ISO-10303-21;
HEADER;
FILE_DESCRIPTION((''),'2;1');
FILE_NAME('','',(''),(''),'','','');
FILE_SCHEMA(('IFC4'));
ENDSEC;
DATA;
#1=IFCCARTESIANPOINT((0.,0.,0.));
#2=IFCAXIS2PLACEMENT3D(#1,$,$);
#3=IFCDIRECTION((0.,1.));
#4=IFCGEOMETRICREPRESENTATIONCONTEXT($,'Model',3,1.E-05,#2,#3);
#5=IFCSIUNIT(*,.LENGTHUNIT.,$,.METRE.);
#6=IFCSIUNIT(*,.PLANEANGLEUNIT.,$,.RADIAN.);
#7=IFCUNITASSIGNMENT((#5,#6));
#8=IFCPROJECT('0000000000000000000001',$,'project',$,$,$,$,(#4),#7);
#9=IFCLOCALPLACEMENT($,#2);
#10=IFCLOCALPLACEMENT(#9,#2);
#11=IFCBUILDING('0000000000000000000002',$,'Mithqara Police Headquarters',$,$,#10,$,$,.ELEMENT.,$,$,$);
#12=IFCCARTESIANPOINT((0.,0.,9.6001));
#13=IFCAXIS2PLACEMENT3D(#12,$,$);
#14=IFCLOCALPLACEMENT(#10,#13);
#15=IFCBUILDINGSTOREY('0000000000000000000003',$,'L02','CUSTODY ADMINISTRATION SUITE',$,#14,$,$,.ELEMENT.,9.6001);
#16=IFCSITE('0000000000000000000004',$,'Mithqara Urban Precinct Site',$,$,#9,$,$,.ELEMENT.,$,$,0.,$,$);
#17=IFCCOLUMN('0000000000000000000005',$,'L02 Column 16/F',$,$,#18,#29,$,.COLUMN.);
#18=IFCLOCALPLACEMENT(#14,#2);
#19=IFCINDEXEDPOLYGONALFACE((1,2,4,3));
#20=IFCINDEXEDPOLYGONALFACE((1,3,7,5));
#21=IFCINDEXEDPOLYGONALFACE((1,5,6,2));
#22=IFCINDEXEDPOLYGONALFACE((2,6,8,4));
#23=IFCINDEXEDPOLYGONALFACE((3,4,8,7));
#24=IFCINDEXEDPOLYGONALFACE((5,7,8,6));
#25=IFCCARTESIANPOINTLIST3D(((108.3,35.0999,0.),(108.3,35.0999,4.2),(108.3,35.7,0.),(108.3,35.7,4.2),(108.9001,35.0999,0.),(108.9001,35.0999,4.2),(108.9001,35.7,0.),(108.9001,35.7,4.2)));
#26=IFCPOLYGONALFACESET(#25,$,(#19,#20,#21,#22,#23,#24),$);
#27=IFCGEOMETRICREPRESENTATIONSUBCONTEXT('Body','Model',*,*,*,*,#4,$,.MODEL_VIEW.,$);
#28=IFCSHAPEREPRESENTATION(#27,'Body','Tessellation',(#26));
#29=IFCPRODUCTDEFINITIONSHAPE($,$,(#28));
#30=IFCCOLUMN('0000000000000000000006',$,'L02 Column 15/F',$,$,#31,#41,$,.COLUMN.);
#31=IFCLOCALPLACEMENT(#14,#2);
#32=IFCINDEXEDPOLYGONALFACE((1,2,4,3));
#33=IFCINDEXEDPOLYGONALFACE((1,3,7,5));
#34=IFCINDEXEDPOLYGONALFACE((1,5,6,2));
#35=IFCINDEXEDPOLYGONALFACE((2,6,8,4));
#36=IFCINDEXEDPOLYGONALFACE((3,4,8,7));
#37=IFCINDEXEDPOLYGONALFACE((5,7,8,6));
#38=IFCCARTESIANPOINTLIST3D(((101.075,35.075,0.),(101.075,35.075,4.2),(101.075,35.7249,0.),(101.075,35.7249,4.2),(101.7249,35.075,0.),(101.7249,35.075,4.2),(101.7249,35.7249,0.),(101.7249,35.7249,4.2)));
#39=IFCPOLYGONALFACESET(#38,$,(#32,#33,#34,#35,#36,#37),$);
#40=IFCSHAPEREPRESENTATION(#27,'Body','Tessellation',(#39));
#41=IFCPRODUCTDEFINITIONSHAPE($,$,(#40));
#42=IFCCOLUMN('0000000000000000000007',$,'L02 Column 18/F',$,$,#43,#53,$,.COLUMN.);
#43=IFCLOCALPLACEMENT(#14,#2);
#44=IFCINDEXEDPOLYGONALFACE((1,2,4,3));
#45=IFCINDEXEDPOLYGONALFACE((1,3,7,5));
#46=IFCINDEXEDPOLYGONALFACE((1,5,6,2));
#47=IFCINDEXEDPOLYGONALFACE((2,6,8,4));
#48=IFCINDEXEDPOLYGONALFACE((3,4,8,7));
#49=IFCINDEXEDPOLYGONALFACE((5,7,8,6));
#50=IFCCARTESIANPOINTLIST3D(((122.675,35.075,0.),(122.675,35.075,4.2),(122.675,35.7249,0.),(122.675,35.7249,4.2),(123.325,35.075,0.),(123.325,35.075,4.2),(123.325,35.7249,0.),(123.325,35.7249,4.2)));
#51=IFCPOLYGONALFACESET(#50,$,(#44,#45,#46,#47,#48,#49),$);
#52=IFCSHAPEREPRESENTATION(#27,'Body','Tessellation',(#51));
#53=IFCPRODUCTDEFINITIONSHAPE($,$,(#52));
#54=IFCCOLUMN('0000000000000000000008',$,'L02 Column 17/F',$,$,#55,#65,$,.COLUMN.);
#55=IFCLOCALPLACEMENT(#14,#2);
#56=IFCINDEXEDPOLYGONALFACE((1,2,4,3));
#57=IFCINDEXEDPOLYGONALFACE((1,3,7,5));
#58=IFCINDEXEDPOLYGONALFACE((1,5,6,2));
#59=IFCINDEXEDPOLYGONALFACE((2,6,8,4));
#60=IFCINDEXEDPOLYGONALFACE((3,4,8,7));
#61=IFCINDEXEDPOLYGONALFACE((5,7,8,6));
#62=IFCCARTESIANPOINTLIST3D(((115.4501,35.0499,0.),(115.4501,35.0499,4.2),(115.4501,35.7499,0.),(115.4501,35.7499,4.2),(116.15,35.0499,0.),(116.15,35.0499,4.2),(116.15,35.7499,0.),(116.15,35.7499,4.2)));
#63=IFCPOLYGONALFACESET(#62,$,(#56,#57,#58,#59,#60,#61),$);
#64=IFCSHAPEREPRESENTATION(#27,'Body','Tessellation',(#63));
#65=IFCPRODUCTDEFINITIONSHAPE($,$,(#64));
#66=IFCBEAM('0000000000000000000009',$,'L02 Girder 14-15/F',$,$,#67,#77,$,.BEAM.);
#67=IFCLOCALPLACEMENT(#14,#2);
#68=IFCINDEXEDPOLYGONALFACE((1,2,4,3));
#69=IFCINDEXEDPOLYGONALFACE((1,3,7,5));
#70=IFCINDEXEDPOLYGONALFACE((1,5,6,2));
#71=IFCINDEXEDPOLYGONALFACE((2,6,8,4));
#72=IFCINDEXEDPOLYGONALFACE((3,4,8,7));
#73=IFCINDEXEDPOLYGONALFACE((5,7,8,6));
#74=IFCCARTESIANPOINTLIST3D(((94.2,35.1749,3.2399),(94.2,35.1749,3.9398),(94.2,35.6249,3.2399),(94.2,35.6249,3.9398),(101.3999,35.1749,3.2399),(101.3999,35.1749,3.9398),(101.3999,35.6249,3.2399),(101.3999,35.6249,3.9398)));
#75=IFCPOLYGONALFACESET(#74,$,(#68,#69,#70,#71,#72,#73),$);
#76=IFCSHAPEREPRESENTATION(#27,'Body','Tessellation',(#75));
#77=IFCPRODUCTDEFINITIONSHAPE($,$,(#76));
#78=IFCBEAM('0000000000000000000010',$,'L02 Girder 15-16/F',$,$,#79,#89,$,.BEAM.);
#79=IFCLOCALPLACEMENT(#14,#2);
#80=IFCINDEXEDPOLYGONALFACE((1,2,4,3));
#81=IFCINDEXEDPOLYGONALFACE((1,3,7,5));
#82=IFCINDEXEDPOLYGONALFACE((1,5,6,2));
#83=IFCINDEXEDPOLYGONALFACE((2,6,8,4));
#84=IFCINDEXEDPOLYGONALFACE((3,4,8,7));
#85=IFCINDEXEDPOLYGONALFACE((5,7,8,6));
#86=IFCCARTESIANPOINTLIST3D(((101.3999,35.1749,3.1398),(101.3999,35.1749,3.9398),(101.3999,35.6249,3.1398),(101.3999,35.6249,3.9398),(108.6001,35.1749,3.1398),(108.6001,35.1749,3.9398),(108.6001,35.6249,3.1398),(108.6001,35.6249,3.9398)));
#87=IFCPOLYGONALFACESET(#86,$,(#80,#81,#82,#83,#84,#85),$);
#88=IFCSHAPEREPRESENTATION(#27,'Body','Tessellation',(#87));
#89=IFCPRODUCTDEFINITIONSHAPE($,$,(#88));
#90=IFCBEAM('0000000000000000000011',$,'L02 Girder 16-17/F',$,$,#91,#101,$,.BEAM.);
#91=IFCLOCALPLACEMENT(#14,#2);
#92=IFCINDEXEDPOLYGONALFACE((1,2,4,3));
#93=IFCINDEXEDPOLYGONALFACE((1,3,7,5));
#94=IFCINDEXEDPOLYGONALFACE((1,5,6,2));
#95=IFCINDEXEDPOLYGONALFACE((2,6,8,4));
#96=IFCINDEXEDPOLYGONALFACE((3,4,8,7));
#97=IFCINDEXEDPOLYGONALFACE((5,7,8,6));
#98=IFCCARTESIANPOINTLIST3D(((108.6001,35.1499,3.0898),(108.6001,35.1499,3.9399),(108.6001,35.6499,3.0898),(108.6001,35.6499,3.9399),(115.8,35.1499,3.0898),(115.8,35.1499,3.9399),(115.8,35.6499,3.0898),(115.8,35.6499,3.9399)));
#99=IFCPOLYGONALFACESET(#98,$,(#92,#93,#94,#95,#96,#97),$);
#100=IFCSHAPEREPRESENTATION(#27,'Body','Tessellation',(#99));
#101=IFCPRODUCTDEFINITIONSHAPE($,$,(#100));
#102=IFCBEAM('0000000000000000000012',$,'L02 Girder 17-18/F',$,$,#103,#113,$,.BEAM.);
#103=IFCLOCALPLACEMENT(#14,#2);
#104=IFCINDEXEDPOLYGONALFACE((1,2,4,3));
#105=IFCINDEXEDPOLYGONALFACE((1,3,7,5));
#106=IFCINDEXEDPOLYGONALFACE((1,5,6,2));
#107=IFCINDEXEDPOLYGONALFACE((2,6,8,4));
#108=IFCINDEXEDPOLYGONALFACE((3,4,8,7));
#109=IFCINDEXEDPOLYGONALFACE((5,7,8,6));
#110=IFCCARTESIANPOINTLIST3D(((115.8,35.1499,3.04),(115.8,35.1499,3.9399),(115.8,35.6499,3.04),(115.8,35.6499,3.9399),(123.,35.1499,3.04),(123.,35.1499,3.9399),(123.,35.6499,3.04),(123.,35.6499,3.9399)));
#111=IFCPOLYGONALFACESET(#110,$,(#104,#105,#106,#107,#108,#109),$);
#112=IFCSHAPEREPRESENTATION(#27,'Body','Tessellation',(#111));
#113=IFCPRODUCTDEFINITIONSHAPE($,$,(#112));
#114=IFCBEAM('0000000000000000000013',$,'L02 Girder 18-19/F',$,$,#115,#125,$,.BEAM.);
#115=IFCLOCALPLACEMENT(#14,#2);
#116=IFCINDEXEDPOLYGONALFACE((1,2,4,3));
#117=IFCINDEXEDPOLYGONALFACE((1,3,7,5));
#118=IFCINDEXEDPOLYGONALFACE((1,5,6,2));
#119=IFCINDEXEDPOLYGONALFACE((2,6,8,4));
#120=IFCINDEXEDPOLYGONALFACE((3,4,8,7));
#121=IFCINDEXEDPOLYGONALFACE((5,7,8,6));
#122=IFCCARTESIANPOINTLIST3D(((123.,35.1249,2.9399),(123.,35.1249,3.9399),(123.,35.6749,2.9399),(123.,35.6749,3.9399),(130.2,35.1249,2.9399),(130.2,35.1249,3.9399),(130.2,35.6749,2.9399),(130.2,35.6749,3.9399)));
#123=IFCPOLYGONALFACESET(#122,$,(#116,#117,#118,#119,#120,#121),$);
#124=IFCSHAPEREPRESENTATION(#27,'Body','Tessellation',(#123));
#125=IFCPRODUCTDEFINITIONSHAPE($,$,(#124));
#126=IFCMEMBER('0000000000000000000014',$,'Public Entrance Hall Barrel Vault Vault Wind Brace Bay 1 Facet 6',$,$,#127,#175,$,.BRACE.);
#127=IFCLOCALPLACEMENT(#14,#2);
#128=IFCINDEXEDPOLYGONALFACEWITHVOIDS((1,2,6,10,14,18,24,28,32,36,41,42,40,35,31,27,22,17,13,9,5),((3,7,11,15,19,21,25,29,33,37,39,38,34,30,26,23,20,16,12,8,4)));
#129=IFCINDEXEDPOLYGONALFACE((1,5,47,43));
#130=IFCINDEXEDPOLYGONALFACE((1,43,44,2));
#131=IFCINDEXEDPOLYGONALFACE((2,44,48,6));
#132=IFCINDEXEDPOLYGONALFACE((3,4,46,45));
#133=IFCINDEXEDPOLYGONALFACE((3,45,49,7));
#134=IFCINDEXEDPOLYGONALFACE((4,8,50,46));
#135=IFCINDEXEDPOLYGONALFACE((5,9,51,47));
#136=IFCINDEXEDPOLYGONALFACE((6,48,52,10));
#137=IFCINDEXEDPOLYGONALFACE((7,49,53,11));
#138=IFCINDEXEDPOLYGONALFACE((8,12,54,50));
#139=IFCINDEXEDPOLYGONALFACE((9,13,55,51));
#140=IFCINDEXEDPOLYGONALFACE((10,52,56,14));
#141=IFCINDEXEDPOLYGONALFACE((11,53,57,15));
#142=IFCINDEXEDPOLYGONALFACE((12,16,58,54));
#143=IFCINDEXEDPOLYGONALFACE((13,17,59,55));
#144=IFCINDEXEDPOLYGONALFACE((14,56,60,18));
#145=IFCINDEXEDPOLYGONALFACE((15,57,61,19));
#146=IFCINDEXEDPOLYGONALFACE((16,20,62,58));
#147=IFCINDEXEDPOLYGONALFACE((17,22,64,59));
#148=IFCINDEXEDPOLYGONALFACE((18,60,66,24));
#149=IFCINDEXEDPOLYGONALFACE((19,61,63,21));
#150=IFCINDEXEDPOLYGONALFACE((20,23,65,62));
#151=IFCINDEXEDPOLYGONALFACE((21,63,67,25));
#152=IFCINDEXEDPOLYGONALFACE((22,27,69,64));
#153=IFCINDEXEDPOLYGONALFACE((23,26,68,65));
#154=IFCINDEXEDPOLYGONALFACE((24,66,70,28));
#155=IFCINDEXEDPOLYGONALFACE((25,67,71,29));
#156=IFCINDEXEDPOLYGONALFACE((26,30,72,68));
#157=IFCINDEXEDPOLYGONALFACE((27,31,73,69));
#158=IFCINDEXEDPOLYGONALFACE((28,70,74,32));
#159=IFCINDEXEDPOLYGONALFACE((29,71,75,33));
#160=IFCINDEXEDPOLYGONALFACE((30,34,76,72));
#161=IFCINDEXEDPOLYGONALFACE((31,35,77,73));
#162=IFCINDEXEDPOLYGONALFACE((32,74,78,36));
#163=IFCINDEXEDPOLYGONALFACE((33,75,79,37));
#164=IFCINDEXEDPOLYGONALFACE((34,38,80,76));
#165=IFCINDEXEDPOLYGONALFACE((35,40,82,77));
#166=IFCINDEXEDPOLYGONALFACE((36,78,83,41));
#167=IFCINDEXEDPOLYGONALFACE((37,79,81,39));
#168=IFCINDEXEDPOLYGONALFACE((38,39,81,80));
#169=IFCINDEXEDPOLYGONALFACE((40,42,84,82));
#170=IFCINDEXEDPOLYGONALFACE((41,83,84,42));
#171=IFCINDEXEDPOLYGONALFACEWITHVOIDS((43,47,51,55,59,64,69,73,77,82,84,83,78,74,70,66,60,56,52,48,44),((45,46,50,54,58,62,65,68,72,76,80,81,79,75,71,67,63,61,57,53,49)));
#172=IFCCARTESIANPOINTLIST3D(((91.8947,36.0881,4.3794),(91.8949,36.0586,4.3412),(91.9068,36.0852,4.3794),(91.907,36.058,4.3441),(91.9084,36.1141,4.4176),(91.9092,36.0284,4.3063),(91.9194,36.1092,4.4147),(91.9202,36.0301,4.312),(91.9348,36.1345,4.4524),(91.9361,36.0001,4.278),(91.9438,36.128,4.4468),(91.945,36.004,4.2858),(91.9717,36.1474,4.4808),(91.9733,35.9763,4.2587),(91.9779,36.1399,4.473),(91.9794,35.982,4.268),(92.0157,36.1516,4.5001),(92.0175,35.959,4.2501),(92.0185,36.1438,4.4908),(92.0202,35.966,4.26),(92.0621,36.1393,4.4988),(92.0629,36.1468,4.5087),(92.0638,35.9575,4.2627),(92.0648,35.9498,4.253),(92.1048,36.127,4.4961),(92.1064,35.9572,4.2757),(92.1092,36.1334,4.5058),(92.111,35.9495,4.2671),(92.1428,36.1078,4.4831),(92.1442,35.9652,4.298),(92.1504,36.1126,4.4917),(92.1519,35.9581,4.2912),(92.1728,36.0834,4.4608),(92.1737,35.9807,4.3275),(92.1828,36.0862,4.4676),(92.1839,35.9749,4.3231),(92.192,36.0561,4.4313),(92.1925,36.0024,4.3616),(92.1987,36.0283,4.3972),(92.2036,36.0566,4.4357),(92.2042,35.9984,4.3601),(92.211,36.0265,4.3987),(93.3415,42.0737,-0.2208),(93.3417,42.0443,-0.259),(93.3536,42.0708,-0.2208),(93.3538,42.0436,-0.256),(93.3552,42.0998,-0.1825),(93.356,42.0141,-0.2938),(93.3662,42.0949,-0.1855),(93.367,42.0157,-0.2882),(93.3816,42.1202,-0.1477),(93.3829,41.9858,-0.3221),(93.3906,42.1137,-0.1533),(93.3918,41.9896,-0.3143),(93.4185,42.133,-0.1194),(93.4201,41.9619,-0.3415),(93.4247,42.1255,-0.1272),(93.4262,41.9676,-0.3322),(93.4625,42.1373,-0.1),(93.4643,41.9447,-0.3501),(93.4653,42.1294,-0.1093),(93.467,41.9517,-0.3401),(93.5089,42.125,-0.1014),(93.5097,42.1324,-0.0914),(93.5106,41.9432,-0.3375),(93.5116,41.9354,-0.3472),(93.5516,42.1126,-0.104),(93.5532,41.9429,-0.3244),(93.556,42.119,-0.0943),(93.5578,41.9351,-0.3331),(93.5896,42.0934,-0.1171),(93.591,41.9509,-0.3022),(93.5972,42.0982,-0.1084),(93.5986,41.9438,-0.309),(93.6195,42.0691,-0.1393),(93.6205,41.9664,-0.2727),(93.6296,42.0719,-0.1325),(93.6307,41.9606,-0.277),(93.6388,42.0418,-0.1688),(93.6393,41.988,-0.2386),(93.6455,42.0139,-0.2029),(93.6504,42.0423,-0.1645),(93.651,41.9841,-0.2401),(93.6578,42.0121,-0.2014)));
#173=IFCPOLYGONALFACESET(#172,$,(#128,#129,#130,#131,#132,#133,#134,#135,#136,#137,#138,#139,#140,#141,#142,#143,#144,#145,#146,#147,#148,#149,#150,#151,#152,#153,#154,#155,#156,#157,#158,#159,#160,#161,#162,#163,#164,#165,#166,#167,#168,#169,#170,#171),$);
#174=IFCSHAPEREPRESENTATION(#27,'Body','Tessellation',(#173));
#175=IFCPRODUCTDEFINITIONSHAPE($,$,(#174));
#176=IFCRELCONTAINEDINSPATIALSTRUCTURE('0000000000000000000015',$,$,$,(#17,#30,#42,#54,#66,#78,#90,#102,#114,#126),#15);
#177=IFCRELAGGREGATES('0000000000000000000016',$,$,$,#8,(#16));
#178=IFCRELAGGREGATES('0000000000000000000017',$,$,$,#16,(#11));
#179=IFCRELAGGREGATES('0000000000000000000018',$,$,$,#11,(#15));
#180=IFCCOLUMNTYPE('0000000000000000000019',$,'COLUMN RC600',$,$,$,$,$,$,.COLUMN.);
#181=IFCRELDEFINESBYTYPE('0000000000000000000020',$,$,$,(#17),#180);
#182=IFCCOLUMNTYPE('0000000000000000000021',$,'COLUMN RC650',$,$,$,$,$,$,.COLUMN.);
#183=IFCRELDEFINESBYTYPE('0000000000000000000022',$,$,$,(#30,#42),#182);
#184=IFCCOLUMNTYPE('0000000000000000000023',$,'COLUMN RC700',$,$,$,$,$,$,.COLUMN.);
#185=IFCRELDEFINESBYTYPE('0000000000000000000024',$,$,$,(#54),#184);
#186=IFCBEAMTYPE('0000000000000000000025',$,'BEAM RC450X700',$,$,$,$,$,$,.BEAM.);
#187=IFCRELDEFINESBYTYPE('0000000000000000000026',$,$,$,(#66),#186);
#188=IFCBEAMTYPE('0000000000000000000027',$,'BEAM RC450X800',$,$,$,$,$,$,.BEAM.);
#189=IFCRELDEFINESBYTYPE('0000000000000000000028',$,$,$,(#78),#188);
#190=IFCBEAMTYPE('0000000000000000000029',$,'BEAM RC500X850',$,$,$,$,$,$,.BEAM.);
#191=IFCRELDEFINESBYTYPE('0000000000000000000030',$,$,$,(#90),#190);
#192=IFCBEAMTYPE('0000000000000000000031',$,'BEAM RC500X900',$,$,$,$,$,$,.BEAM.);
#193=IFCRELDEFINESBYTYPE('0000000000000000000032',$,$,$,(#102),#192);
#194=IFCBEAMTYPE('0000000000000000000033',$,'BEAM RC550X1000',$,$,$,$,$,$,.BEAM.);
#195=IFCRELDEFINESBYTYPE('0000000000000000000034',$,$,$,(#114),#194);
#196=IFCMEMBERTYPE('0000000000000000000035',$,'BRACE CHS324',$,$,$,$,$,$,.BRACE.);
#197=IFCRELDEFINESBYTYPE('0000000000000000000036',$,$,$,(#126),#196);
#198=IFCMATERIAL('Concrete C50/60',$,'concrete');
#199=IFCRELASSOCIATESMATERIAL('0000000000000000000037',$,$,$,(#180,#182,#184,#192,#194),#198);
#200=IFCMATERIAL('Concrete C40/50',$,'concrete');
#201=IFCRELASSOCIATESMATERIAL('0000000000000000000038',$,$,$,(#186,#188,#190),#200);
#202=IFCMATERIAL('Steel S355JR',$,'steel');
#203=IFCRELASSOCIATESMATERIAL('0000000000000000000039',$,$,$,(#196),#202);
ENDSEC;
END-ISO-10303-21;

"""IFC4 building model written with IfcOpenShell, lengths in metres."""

from ifc_helpers import new_model, si_unit, direction, frame, origin, origin_2d, place, context, subcontext, project, spatial, rectangle, hollow_circle, extrude, material, material_profile, profile_set, type_object, element, save


model = new_model("IFC4")

# Units and contexts
model_context = context("Model", 3, precision=1e-05, world=origin(), true_north=direction((0.0, 1.0)))
body_context = subcontext(model_context, "Body", "Model", "MODEL_VIEW")
ifc_project = project(units=[si_unit("LENGTHUNIT", "METRE"), si_unit("PLANEANGLEUNIT", "RADIAN")], contexts=[model_context])

# Site, building, storey
site_placement = place(None, origin())
site = spatial("IfcSite", under=ifc_project, at=site_placement, Name="Mithqara Urban Precinct Site", CompositionType="ELEMENT", RefElevation=0.0)
building_placement = place(site_placement, origin())
building = spatial("IfcBuilding", under=site, at=building_placement, Name="Mithqara Police Headquarters", CompositionType="ELEMENT")
storey_placement = place(building_placement, frame((0.0, 0.0, 9.6001)))
storey = spatial("IfcBuildingStorey", under=building, at=storey_placement, Name="L02", Description="CUSTODY ADMINISTRATION SUITE", CompositionType="ELEMENT", Elevation=9.6001)

# Columns
ifc_material_1 = material(Name="Concrete C50/60", Category="concrete")
ifc_material_profile_1 = material_profile(ifc_material_1, rectangle(XDim=0.6001, YDim=0.6001, at=origin_2d()), Name="RC 600x600")
ifc_profile_set_1 = profile_set([ifc_material_profile_1], Name="Concrete C50/60")
column_type_1 = type_object("IfcColumnType", Name="COLUMN RC600", PredefinedType="COLUMN", material=ifc_profile_set_1)
column_1_placement = place(storey_placement, frame((108.6001, 35.3999, 0.0), z_axis=(0.0, 0.0, 1.0), x_axis=(1.0, 0.0, 0.0)))
element("IfcColumn", 1, at=column_1_placement, inside=storey, type_object=column_type_1, Name="L02 Column 16/F", PredefinedType="COLUMN", context=body_context, shape_type="SweptSolid", body=[
    extrude(rectangle(XDim=0.6001, YDim=0.6001, at=origin_2d()), origin(), (0.0, 0.0, 1.0), 4.2),
])
ifc_material_profile_2 = material_profile(ifc_material_1, rectangle(XDim=0.6499, YDim=0.6499, at=origin_2d()), Name="RC 650x650")
ifc_profile_set_2 = profile_set([ifc_material_profile_2], Name="Concrete C50/60")
column_type_2 = type_object("IfcColumnType", Name="COLUMN RC650", PredefinedType="COLUMN", material=ifc_profile_set_2)
for number, where, z_axis, x_axis, name in (
    (2, (101.3999, 35.3999, 0.0), (0.0, 0.0, 1.0), (1.0, 0.0, 0.0), "L02 Column 15/F"),
    (3, (123.0, 35.3999, 0.0), (0.0, 0.0, 1.0), (1.0, 0.0, 0.0), "L02 Column 18/F"),
):
    element("IfcColumn", number, at=place(storey_placement, frame(where, z_axis=z_axis, x_axis=x_axis)), inside=storey, type_object=column_type_2, Name=name, PredefinedType="COLUMN", context=body_context, shape_type="SweptSolid", body=[
        extrude(rectangle(XDim=0.6499, YDim=0.6499, at=origin_2d()), origin(), (0.0, 0.0, 1.0), 4.2),
    ])
ifc_material_profile_3 = material_profile(ifc_material_1, rectangle(XDim=0.7, YDim=0.7, at=origin_2d()), Name="RC 700x700")
ifc_profile_set_3 = profile_set([ifc_material_profile_3], Name="Concrete C50/60")
column_type_3 = type_object("IfcColumnType", Name="COLUMN RC700", PredefinedType="COLUMN", material=ifc_profile_set_3)
column_2_placement = place(storey_placement, frame((115.8, 35.3999, 0.0), z_axis=(0.0, 0.0, 1.0), x_axis=(1.0, 0.0, 0.0)))
element("IfcColumn", 4, at=column_2_placement, inside=storey, type_object=column_type_3, Name="L02 Column 17/F", PredefinedType="COLUMN", context=body_context, shape_type="SweptSolid", body=[
    extrude(rectangle(XDim=0.7, YDim=0.7, at=origin_2d()), origin(), (0.0, 0.0, 1.0), 4.2),
])

# Beams
ifc_material_2 = material(Name="Concrete C40/50", Category="concrete")
ifc_material_profile_4 = material_profile(ifc_material_2, rectangle(XDim=0.45, YDim=0.7, at=origin_2d()), Name="RC 450x700")
ifc_profile_set_4 = profile_set([ifc_material_profile_4], Name="Concrete C40/50")
beam_type_1 = type_object("IfcBeamType", Name="BEAM RC450X700", PredefinedType="BEAM", material=ifc_profile_set_4)
beam_1_placement = place(storey_placement, frame((94.2, 35.3999, 3.5898), z_axis=(1.0, 0.0, 0.0), x_axis=(0.0, 1.0, 0.0)))
element("IfcBeam", 5, at=beam_1_placement, inside=storey, type_object=beam_type_1, Name="L02 Girder 14-15/F", PredefinedType="BEAM", context=body_context, shape_type="SweptSolid", body=[
    extrude(rectangle(XDim=0.45, YDim=0.7, at=origin_2d()), origin(), (0.0, 0.0, 1.0), 7.2),
])
ifc_material_profile_5 = material_profile(ifc_material_2, rectangle(XDim=0.45, YDim=0.8, at=origin_2d()), Name="RC 450x800")
ifc_profile_set_5 = profile_set([ifc_material_profile_5], Name="Concrete C40/50")
beam_type_2 = type_object("IfcBeamType", Name="BEAM RC450X800", PredefinedType="BEAM", material=ifc_profile_set_5)
beam_2_placement = place(storey_placement, frame((101.3999, 35.3999, 3.5398), z_axis=(1.0, 0.0, 0.0), x_axis=(0.0, 1.0, 0.0)))
element("IfcBeam", 6, at=beam_2_placement, inside=storey, type_object=beam_type_2, Name="L02 Girder 15-16/F", PredefinedType="BEAM", context=body_context, shape_type="SweptSolid", body=[
    extrude(rectangle(XDim=0.45, YDim=0.8, at=origin_2d()), origin(), (0.0, 0.0, 1.0), 7.2002),
])
ifc_material_profile_6 = material_profile(ifc_material_2, rectangle(XDim=0.5, YDim=0.8501, at=origin_2d()), Name="RC 500x850")
ifc_profile_set_6 = profile_set([ifc_material_profile_6], Name="Concrete C40/50")
beam_type_3 = type_object("IfcBeamType", Name="BEAM RC500X850", PredefinedType="BEAM", material=ifc_profile_set_6)
beam_3_placement = place(storey_placement, frame((108.6001, 35.3999, 3.5149), z_axis=(1.0, 0.0, 0.0), x_axis=(0.0, 1.0, 0.0)))
element("IfcBeam", 7, at=beam_3_placement, inside=storey, type_object=beam_type_3, Name="L02 Girder 16-17/F", PredefinedType="BEAM", context=body_context, shape_type="SweptSolid", body=[
    extrude(rectangle(XDim=0.5, YDim=0.8501, at=origin_2d()), origin(), (0.0, 0.0, 1.0), 7.2),
])
ifc_material_profile_7 = material_profile(ifc_material_1, rectangle(XDim=0.5, YDim=0.8999, at=origin_2d()), Name="RC 500x900")
ifc_profile_set_7 = profile_set([ifc_material_profile_7], Name="Concrete C50/60")
beam_type_4 = type_object("IfcBeamType", Name="BEAM RC500X900", PredefinedType="BEAM", material=ifc_profile_set_7)
beam_4_placement = place(storey_placement, frame((115.8, 35.3999, 3.49), z_axis=(1.0, 0.0, 0.0), x_axis=(0.0, 1.0, 0.0)))
element("IfcBeam", 8, at=beam_4_placement, inside=storey, type_object=beam_type_4, Name="L02 Girder 17-18/F", PredefinedType="BEAM", context=body_context, shape_type="SweptSolid", body=[
    extrude(rectangle(XDim=0.5, YDim=0.8999, at=origin_2d()), origin(), (0.0, 0.0, 1.0), 7.2),
])
ifc_material_profile_8 = material_profile(ifc_material_1, rectangle(XDim=0.55, YDim=1.0, at=origin_2d()), Name="RC 550x1000")
ifc_profile_set_8 = profile_set([ifc_material_profile_8], Name="Concrete C50/60")
beam_type_5 = type_object("IfcBeamType", Name="BEAM RC550X1000", PredefinedType="BEAM", material=ifc_profile_set_8)
beam_5_placement = place(storey_placement, frame((123.0, 35.3999, 3.4399), z_axis=(1.0, 0.0, 0.0), x_axis=(0.0, 1.0, 0.0)))
element("IfcBeam", 9, at=beam_5_placement, inside=storey, type_object=beam_type_5, Name="L02 Girder 18-19/F", PredefinedType="BEAM", context=body_context, shape_type="SweptSolid", body=[
    extrude(rectangle(XDim=0.55, YDim=1.0, at=origin_2d()), origin(), (0.0, 0.0, 1.0), 7.2),
])

# Member
ifc_material_3 = material(Name="Steel S355JR", Category="steel")
ifc_material_profile_9 = material_profile(ifc_material_3, hollow_circle(Radius=0.1619, WallThickness=0.0125, at=origin_2d()), Name="CHS 323.9x12.5")
ifc_profile_set_9 = profile_set([ifc_material_profile_9], Name="Steel S355JR")
member_type = type_object("IfcMemberType", Name="BRACE CHS324", PredefinedType="BRACE", material=ifc_profile_set_9)
member_placement = place(storey_placement, frame((92.052, 36.05, 4.3794), z_axis=(0.188225, 0.778721, -0.598469), x_axis=(-0.972009, 0.234944, 0.0)))
element("IfcMember", 10, at=member_placement, inside=storey, type_object=member_type, Name="Public Entrance Hall Barrel Vault Vault Wind Brace Bay 1 Facet 6", PredefinedType="BRACE", context=body_context, shape_type="SweptSolid", body=[
    extrude(hollow_circle(Radius=0.1619, WallThickness=0.0125, at=origin_2d()), origin(), (0.0, 0.0, 1.0), 7.6865),
])

save(model, "model.ifc")
